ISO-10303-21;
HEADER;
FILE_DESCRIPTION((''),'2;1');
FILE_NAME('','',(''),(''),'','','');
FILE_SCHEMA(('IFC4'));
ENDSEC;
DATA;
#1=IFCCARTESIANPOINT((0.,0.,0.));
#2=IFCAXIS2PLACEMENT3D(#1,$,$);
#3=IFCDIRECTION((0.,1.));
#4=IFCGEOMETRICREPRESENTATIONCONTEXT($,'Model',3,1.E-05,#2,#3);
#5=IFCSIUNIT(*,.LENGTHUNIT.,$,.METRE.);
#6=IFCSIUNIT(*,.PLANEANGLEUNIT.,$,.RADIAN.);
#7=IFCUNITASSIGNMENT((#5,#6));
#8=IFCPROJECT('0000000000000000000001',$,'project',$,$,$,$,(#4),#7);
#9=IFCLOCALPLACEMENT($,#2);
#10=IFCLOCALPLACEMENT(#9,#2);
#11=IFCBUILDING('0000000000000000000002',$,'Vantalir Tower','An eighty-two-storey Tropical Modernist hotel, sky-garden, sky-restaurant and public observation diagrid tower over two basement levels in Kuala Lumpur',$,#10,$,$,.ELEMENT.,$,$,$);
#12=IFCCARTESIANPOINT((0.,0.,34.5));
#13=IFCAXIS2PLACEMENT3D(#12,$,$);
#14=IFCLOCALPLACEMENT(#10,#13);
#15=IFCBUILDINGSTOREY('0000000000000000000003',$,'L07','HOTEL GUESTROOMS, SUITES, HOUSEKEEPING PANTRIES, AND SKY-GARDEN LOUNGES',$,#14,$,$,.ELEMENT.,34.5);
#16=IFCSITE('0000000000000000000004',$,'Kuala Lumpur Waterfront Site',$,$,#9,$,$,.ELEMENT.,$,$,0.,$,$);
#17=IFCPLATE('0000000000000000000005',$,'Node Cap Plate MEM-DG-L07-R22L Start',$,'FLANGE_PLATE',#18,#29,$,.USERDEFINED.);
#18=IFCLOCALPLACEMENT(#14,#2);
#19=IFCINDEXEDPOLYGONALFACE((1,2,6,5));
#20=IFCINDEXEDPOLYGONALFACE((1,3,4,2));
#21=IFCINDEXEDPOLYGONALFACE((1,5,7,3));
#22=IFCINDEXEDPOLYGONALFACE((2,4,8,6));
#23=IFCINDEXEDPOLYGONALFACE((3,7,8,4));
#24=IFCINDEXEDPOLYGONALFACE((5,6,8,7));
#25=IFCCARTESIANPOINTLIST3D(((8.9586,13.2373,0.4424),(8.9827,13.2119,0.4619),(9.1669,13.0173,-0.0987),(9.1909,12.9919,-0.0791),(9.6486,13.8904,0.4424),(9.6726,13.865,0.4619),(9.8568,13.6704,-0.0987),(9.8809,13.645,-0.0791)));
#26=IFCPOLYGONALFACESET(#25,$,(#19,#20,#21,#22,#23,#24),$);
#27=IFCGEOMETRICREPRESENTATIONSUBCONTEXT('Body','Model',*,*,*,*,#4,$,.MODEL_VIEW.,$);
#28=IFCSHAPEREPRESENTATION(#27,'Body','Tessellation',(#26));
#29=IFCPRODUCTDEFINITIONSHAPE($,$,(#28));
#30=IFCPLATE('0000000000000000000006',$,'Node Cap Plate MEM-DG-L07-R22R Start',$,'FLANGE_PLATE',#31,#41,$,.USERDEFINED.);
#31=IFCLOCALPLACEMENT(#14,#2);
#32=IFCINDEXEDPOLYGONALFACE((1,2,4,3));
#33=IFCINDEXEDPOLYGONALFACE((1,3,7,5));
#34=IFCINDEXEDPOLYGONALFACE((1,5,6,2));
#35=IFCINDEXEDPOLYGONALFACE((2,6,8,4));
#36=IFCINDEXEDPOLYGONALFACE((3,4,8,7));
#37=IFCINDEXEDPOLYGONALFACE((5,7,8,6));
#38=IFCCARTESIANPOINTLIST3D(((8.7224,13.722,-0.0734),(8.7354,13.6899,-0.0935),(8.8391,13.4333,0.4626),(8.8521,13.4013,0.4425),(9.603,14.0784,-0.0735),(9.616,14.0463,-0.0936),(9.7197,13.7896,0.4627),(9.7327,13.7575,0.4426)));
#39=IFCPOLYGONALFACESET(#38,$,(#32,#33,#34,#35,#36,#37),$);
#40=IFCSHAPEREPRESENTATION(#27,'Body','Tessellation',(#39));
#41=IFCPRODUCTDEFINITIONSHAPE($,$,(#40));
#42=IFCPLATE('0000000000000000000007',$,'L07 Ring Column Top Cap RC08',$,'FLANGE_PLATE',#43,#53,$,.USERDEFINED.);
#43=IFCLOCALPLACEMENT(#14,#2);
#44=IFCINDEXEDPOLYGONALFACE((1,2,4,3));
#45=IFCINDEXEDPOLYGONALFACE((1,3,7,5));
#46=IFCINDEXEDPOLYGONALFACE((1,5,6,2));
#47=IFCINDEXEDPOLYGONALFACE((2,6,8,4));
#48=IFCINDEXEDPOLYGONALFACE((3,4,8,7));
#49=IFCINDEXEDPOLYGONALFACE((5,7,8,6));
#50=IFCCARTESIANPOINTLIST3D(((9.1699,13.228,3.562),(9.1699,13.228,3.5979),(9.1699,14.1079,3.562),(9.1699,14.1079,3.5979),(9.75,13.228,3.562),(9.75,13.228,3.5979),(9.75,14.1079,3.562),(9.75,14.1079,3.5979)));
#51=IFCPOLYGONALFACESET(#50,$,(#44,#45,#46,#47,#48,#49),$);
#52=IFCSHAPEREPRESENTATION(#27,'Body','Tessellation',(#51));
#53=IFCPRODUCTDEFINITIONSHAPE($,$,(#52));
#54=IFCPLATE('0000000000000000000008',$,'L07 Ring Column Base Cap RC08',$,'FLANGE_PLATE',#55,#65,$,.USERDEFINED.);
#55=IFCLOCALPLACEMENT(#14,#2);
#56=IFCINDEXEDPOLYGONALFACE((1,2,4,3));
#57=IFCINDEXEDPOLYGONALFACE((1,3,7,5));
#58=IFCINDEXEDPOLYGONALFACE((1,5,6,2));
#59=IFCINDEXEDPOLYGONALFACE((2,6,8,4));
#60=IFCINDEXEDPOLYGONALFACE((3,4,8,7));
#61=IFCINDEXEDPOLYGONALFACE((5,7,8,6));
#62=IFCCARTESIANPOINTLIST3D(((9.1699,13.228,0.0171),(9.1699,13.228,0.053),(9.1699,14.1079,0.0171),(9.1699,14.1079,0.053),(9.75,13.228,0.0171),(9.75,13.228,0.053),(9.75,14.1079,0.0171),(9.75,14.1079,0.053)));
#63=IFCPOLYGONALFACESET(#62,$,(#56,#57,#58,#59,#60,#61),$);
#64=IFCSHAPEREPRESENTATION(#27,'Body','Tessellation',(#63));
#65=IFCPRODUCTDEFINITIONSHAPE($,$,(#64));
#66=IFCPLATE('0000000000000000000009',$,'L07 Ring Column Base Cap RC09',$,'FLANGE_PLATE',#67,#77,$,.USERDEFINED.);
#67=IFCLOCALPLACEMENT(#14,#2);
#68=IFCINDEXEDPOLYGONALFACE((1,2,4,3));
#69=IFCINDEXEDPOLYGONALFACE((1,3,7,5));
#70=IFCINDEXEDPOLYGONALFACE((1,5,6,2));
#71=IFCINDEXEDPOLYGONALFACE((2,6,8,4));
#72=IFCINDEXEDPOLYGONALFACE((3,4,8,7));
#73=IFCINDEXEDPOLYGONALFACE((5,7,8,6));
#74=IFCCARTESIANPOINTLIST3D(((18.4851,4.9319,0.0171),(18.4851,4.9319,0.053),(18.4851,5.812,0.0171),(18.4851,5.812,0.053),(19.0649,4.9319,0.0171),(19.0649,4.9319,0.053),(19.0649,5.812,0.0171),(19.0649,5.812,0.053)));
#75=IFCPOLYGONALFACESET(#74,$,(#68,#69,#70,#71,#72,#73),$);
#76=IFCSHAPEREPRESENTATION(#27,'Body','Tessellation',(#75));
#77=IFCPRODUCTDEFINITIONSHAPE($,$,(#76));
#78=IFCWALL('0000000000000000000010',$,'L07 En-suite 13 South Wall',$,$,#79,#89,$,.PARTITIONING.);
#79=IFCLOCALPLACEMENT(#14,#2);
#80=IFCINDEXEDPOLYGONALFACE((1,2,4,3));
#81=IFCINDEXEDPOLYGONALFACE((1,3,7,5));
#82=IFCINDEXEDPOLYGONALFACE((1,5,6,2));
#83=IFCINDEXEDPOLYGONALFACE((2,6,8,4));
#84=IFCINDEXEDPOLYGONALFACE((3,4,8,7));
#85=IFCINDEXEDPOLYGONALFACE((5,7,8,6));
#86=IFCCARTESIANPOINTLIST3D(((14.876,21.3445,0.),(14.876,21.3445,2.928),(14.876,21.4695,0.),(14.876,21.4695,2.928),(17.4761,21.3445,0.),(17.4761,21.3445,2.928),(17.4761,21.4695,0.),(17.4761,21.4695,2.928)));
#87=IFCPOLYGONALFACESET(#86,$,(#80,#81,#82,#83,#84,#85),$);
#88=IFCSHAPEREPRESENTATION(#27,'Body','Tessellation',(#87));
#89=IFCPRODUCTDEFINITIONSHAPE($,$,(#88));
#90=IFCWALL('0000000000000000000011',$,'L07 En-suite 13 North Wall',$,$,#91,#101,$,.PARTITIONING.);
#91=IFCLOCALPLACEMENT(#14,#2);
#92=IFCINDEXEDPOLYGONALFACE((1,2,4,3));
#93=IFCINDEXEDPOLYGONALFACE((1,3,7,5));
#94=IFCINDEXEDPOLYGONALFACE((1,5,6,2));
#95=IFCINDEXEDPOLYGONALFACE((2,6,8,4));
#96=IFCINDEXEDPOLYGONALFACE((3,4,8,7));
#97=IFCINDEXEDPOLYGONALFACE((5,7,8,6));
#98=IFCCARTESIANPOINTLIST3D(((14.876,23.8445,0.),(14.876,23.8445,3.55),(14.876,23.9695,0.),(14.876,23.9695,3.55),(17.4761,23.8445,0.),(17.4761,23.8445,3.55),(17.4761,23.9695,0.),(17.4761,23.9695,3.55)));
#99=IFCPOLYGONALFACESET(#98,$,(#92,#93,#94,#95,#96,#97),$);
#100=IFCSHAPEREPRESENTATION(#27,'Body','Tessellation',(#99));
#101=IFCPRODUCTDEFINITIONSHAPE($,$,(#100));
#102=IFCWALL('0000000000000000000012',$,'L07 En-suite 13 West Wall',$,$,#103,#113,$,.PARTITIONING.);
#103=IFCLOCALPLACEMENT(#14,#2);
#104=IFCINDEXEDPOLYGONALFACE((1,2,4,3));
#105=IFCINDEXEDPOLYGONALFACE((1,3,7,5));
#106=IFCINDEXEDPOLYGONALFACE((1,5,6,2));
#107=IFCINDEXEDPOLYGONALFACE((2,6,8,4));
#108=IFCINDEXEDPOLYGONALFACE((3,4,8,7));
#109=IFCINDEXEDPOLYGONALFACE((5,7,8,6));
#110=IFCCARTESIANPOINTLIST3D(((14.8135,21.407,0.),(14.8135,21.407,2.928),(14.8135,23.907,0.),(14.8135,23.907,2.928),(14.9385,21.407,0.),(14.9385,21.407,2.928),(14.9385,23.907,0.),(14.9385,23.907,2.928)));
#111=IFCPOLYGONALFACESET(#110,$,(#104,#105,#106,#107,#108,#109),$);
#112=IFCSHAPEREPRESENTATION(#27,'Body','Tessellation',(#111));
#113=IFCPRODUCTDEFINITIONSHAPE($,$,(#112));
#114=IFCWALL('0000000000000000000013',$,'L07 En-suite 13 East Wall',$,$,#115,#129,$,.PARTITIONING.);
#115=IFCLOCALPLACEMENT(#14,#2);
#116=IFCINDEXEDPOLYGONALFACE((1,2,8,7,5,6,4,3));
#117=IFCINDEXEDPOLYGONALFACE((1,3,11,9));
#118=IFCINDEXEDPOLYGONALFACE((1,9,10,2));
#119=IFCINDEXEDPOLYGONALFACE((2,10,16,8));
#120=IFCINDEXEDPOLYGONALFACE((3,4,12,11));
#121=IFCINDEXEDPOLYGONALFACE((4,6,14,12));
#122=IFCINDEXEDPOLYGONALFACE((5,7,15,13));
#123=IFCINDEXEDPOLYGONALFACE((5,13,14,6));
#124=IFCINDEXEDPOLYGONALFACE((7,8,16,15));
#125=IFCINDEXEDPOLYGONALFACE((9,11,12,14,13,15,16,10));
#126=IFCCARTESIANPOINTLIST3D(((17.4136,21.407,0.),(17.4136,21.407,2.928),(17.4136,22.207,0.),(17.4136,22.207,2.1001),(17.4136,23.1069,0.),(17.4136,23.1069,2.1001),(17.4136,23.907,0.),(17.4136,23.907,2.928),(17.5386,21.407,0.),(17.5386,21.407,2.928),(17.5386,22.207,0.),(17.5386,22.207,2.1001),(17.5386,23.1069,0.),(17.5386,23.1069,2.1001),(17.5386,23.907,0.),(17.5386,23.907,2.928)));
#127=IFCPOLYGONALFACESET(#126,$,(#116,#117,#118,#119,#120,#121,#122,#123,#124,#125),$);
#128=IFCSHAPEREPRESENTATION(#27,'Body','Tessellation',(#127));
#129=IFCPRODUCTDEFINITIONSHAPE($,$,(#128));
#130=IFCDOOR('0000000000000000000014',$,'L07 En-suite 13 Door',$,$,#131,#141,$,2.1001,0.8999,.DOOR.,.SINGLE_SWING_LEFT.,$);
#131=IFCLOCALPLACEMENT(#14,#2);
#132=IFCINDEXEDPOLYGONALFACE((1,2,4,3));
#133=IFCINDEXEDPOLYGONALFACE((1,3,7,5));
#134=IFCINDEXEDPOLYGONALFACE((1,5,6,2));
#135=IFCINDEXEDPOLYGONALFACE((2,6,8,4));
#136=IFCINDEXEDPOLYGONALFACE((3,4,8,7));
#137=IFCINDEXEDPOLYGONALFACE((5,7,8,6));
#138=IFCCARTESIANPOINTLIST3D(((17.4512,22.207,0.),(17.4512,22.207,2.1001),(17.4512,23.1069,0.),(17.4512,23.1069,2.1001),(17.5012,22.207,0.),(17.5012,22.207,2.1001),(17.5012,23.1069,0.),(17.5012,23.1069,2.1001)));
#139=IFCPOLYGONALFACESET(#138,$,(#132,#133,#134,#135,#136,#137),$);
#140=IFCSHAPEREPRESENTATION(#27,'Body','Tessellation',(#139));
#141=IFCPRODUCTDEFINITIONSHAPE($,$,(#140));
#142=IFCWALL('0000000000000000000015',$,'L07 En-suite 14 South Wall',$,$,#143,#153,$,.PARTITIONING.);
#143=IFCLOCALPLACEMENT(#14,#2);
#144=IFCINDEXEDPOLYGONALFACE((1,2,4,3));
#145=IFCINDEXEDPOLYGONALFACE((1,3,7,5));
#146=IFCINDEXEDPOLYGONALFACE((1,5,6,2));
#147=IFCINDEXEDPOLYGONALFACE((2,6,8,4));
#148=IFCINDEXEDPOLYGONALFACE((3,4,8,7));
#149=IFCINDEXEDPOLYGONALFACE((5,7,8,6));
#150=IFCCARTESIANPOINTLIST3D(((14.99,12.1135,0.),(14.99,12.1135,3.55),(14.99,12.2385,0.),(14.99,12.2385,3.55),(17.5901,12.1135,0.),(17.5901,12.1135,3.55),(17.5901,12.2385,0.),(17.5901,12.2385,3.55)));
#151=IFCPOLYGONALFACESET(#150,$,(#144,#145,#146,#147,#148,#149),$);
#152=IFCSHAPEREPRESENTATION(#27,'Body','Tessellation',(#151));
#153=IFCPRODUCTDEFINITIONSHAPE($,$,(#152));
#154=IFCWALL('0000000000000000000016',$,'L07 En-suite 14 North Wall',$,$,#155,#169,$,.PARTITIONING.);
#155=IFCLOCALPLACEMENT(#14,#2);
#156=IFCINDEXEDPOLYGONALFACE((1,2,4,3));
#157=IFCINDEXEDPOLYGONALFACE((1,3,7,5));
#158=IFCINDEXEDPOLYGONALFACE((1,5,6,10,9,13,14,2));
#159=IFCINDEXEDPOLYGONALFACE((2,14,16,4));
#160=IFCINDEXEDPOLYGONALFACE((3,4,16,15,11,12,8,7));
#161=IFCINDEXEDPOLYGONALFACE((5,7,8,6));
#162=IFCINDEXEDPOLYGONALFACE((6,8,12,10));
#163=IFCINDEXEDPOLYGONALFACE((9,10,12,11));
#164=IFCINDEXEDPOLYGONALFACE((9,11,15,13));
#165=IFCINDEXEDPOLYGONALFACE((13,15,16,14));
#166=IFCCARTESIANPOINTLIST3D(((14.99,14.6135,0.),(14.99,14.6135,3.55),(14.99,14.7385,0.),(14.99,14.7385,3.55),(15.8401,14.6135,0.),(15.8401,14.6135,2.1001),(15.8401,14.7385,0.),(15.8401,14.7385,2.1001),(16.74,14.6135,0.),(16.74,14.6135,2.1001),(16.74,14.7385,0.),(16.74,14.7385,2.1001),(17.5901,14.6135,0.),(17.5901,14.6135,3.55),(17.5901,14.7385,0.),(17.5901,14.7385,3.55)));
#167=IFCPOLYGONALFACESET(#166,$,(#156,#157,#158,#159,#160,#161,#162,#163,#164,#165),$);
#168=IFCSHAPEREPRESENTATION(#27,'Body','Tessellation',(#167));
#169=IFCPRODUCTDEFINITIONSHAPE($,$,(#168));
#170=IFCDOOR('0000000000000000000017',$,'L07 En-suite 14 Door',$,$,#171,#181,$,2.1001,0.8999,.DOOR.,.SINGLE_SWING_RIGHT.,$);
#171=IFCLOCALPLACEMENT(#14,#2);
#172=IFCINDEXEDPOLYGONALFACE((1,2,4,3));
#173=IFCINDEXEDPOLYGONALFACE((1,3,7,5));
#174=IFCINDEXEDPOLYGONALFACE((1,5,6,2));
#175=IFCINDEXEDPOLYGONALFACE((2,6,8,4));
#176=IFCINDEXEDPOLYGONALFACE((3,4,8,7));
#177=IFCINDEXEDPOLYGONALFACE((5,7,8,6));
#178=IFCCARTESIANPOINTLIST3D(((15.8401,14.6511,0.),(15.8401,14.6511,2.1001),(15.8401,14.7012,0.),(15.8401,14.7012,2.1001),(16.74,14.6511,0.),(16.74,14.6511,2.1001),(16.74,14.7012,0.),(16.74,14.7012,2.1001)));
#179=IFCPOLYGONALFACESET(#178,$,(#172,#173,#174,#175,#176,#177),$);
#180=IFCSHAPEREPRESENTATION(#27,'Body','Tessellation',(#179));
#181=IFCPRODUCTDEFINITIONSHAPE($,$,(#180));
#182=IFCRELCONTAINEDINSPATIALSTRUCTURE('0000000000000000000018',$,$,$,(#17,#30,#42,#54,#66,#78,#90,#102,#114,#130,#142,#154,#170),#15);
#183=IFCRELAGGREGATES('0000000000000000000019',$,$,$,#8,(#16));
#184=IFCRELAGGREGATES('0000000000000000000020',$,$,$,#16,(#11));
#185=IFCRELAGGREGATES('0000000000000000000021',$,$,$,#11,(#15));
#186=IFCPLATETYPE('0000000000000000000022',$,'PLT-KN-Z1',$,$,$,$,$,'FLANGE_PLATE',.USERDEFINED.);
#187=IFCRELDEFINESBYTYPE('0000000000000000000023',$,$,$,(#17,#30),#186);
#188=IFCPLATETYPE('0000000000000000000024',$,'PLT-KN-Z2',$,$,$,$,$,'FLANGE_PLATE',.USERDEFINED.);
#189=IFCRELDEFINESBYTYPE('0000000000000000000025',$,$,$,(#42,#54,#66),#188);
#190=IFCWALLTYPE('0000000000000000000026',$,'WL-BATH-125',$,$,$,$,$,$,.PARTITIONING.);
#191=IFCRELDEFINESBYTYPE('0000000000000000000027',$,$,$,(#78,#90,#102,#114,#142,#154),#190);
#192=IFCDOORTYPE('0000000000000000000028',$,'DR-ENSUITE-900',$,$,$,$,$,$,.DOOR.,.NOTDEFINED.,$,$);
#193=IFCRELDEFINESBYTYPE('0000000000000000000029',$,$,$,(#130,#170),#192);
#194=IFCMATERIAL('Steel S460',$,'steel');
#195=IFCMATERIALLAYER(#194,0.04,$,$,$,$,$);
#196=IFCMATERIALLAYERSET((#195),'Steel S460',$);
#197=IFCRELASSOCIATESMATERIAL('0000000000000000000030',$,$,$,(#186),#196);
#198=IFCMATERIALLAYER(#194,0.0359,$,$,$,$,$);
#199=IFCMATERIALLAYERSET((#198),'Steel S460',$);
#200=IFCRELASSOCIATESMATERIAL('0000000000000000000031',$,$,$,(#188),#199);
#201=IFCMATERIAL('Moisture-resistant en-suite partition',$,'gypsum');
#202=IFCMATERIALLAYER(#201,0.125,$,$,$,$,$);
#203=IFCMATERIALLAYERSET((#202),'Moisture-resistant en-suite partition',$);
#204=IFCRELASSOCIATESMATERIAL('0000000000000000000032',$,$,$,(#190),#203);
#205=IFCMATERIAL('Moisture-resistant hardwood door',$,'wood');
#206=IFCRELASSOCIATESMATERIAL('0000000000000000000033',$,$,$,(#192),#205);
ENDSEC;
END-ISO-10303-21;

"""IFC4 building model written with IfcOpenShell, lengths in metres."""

from ifc_helpers import new_model, si_unit, direction, frame, frame_2d, origin, place, context, subcontext, project, spatial, polyline, rectangle, outline, extrude, material, layer, layer_set, type_object, element, fill, save


model = new_model("IFC4")

# Units and contexts
model_context = context("Model", 3, precision=1e-05, world=origin(), true_north=direction((0.0, 1.0)))
body_context = subcontext(model_context, "Body", "Model", "MODEL_VIEW")
ifc_project = project(units=[si_unit("LENGTHUNIT", "METRE"), si_unit("PLANEANGLEUNIT", "RADIAN")], contexts=[model_context])

# Site, building, storey
site_placement = place(None, origin())
site = spatial("IfcSite", under=ifc_project, at=site_placement, Name="Kuala Lumpur Waterfront Site", CompositionType="ELEMENT", RefElevation=0.0)
building_placement = place(site_placement, origin())
building = spatial("IfcBuilding", under=site, at=building_placement, Name="Vantalir Tower", Description="An eighty-two-storey Tropical Modernist hotel, sky-garden, sky-restaurant and public observation diagrid tower over two basement levels in Kuala Lumpur", CompositionType="ELEMENT")
storey_placement = place(building_placement, frame((0.0, 0.0, 34.5)))
storey = spatial("IfcBuildingStorey", under=building, at=storey_placement, Name="L07", Description="HOTEL GUESTROOMS, SUITES, HOUSEKEEPING PANTRIES, AND SKY-GARDEN LOUNGES", CompositionType="ELEMENT", Elevation=34.5)

# Shared definitions
ifc_material_1 = material(Name="Steel S460", Category="steel")

# Plates
ifc_layer_1 = layer(ifc_material_1, 0.04)
ifc_layer_set_1 = layer_set([ifc_layer_1], Name="Steel S460")
plate_type_1 = type_object("IfcPlateType", Name="PLT-KN-Z1", ElementType="FLANGE_PLATE", PredefinedType="USERDEFINED", material=ifc_layer_set_1)
plate_1_placement = place(storey_placement, frame((9.1909, 12.9919, -0.0791), z_axis=(0.59982, -0.633679, 0.488534), x_axis=(0.726243, 0.687438, 0.0)))
element("IfcPlate", 1, at=plate_1_placement, inside=storey, type_object=plate_type_1, Name="Node Cap Plate MEM-DG-L07-R22L Start", ObjectType="FLANGE_PLATE", PredefinedType="USERDEFINED", context=body_context, shape_type="SweptSolid", body=[
    extrude(outline(polyline([(0.0, 0.0), (0.95, 0.0), (0.95, 0.62), (0.0, 0.62), (0.0, 0.0)])), origin(), (0.0, 0.0, -1.0), 0.04),
])
plate_2_placement = place(storey_placement, frame((9.603, 14.0784, -0.0735), z_axis=(-0.324349, 0.801593, 0.502242), x_axis=(-0.926978, -0.375115, 0.000052)))
element("IfcPlate", 2, at=plate_2_placement, inside=storey, type_object=plate_type_1, Name="Node Cap Plate MEM-DG-L07-R22R Start", ObjectType="FLANGE_PLATE", PredefinedType="USERDEFINED", context=body_context, shape_type="SweptSolid", body=[
    extrude(outline(polyline([(0.0, 0.0), (0.95, 0.0), (0.9501, 0.6199), (0.0002, 0.6201), (0.0, 0.0)])), origin(), (0.0, 0.0, -1.0), 0.04),
])
ifc_layer_2 = layer(ifc_material_1, 0.0359)
ifc_layer_set_2 = layer_set([ifc_layer_2], Name="Steel S460")
plate_type_2 = type_object("IfcPlateType", Name="PLT-KN-Z2", ElementType="FLANGE_PLATE", PredefinedType="USERDEFINED", material=ifc_layer_set_2)
for number, where, z_axis, x_axis, name in (
    (3, (9.1699, 14.1079, 3.5979), (0.0, 0.0, 1.0), (0.0, -1.0, 0.0), "L07 Ring Column Top Cap RC08"),
    (4, (9.1699, 14.1079, 0.053), (0.0, 0.0, 1.0), (0.0, -1.0, 0.0), "L07 Ring Column Base Cap RC08"),
):
    element("IfcPlate", number, at=place(storey_placement, frame(where, z_axis=z_axis, x_axis=x_axis)), inside=storey, type_object=plate_type_2, Name=name, ObjectType="FLANGE_PLATE", PredefinedType="USERDEFINED", context=body_context, shape_type="SweptSolid", body=[
        extrude(outline(polyline([(0.0, 0.0), (0.8799, 0.0), (0.8799, 0.5801), (0.0, 0.5801), (0.0, 0.0)])), origin(), (0.0, 0.0, -1.0), 0.0359),
    ])
plate_3_placement = place(storey_placement, frame((18.4851, 5.812, 0.053), z_axis=(0.0, 0.0, 1.0), x_axis=(0.0, -1.0, 0.0)))
element("IfcPlate", 5, at=plate_3_placement, inside=storey, type_object=plate_type_2, Name="L07 Ring Column Base Cap RC09", ObjectType="FLANGE_PLATE", PredefinedType="USERDEFINED", context=body_context, shape_type="SweptSolid", body=[
    extrude(outline(polyline([(0.0, 0.0), (0.8801, 0.0), (0.8801, 0.5798), (0.0, 0.5798), (0.0, 0.0)])), origin(), (0.0, 0.0, -1.0), 0.0359),
])

# Walls
ifc_material_2 = material(Name="Moisture-resistant en-suite partition", Category="gypsum")
ifc_layer_3 = layer(ifc_material_2, 0.125)
ifc_layer_set_3 = layer_set([ifc_layer_3], Name="Moisture-resistant en-suite partition")
wall_type = type_object("IfcWallType", Name="WL-BATH-125", PredefinedType="PARTITIONING", material=ifc_layer_set_3)
wall_1_placement = place(storey_placement, frame((14.876, 21.407, 0.0), z_axis=(0.0, 0.0, 1.0), x_axis=(1.0, 0.0, 0.0)))
element("IfcWall", 6, at=wall_1_placement, inside=storey, type_object=wall_type, Name="L07 En-suite 13 South Wall", PredefinedType="PARTITIONING", context=body_context, shape_type="SweptSolid", body=[
    extrude(rectangle(XDim=2.6001, YDim=0.125, at=frame_2d((1.3, 0.0))), origin(), (0.0, 0.0, 1.0), 2.928),
])
wall_2_placement = place(storey_placement, frame((14.876, 23.907, 0.0), z_axis=(0.0, 0.0, 1.0), x_axis=(1.0, 0.0, 0.0)))
element("IfcWall", 7, at=wall_2_placement, inside=storey, type_object=wall_type, Name="L07 En-suite 13 North Wall", PredefinedType="PARTITIONING", context=body_context, shape_type="SweptSolid", body=[
    extrude(rectangle(XDim=2.6001, YDim=0.125, at=frame_2d((1.3, 0.0))), origin(), (0.0, 0.0, 1.0), 3.55),
])
wall_3_placement = place(storey_placement, frame((14.876, 21.407, 0.0), z_axis=(0.0, 0.0, 1.0), x_axis=(0.0, 1.0, 0.0)))
element("IfcWall", 8, at=wall_3_placement, inside=storey, type_object=wall_type, Name="L07 En-suite 13 West Wall", PredefinedType="PARTITIONING", context=body_context, shape_type="SweptSolid", body=[
    extrude(rectangle(XDim=2.5, YDim=0.125, at=frame_2d((1.25, 0.0))), origin(), (0.0, 0.0, 1.0), 2.928),
])

# Wall, opening, door
wall_4_placement = place(storey_placement, frame((17.4761, 21.407, 0.0), z_axis=(0.0, 0.0, 1.0), x_axis=(0.0, 1.0, 0.0)))
wall_4 = element("IfcWall", 9, at=wall_4_placement, inside=storey, type_object=wall_type, Name="L07 En-suite 13 East Wall", PredefinedType="PARTITIONING", context=body_context, shape_type="SweptSolid", body=[
    extrude(rectangle(XDim=2.5, YDim=0.125, at=frame_2d((1.25, 0.0))), origin(), (0.0, 0.0, 1.0), 2.928),
])
opening_1_placement = place(wall_4_placement, frame((0.8, 0.0, 0.0)))
opening_1 = element("IfcOpeningElement", 10, at=opening_1_placement, cuts=wall_4, PredefinedType="OPENING", context=body_context, shape_type="SweptSolid", body=[
    extrude(rectangle(XDim=0.8999, YDim=2.1001, at=frame_2d((0.45, 1.05))), frame((0.0, 0.0725, 0.0), z_axis=(0.0, -1.0, 0.0), x_axis=(1.0, 0.0, 0.0)), (0.0, 0.0, 1.0), 0.145),
])
ifc_material_3 = material(Name="Moisture-resistant hardwood door", Category="wood")
door_type = type_object("IfcDoorType", Name="DR-ENSUITE-900", OperationType="NOTDEFINED", PredefinedType="DOOR", material=ifc_material_3)
door_1_placement = place(opening_1_placement, origin())
door_1 = element("IfcDoor", 11, at=door_1_placement, inside=storey, type_object=door_type, Name="L07 En-suite 13 Door", OperationType="SINGLE_SWING_LEFT", OverallHeight=2.1001, OverallWidth=0.8999, PredefinedType="DOOR", context=body_context, shape_type="SweptSolid", body=[
    extrude(rectangle(XDim=0.8999, YDim=2.1001, at=frame_2d((0.45, 1.05))), frame((0.0, 0.0249, 0.0), z_axis=(0.0, -1.0, 0.0), x_axis=(1.0, 0.0, 0.0)), (0.0, 0.0, 1.0), 0.05),
])
fill(opening_1, door_1)

# Wall
wall_5_placement = place(storey_placement, frame((14.99, 12.176, 0.0), z_axis=(0.0, 0.0, 1.0), x_axis=(1.0, 0.0, 0.0)))
element("IfcWall", 12, at=wall_5_placement, inside=storey, type_object=wall_type, Name="L07 En-suite 14 South Wall", PredefinedType="PARTITIONING", context=body_context, shape_type="SweptSolid", body=[
    extrude(rectangle(XDim=2.6001, YDim=0.125, at=frame_2d((1.3, 0.0))), origin(), (0.0, 0.0, 1.0), 3.55),
])

# Wall, opening, door
wall_6_placement = place(storey_placement, frame((14.99, 14.676, 0.0), z_axis=(0.0, 0.0, 1.0), x_axis=(1.0, 0.0, 0.0)))
wall_6 = element("IfcWall", 13, at=wall_6_placement, inside=storey, type_object=wall_type, Name="L07 En-suite 14 North Wall", PredefinedType="PARTITIONING", context=body_context, shape_type="SweptSolid", body=[
    extrude(rectangle(XDim=2.6001, YDim=0.125, at=frame_2d((1.3, 0.0))), origin(), (0.0, 0.0, 1.0), 3.55),
])
opening_2_placement = place(wall_6_placement, frame((0.8501, 0.0, 0.0)))
opening_2 = element("IfcOpeningElement", 14, at=opening_2_placement, cuts=wall_6, PredefinedType="OPENING", context=body_context, shape_type="SweptSolid", body=[
    extrude(rectangle(XDim=0.8999, YDim=2.1001, at=frame_2d((0.45, 1.05))), frame((0.0, 0.0725, 0.0), z_axis=(0.0, -1.0, 0.0), x_axis=(1.0, 0.0, 0.0)), (0.0, 0.0, 1.0), 0.145),
])
door_2_placement = place(opening_2_placement, frame((0.8999, 0.0, 0.0), z_axis=(0.0, 0.0, 1.0), x_axis=(-1.0, 0.0, 0.0)))
door_2 = element("IfcDoor", 15, at=door_2_placement, inside=storey, type_object=door_type, Name="L07 En-suite 14 Door", OperationType="SINGLE_SWING_RIGHT", OverallHeight=2.1001, OverallWidth=0.8999, PredefinedType="DOOR", context=body_context, shape_type="SweptSolid", body=[
    extrude(rectangle(XDim=0.8999, YDim=2.1001, at=frame_2d((0.45, 1.05))), frame((0.0, 0.0249, 0.0), z_axis=(0.0, -1.0, 0.0), x_axis=(1.0, 0.0, 0.0)), (0.0, 0.0, 1.0), 0.05),
])
fill(opening_2, door_2)

save(model, "model.ifc")
